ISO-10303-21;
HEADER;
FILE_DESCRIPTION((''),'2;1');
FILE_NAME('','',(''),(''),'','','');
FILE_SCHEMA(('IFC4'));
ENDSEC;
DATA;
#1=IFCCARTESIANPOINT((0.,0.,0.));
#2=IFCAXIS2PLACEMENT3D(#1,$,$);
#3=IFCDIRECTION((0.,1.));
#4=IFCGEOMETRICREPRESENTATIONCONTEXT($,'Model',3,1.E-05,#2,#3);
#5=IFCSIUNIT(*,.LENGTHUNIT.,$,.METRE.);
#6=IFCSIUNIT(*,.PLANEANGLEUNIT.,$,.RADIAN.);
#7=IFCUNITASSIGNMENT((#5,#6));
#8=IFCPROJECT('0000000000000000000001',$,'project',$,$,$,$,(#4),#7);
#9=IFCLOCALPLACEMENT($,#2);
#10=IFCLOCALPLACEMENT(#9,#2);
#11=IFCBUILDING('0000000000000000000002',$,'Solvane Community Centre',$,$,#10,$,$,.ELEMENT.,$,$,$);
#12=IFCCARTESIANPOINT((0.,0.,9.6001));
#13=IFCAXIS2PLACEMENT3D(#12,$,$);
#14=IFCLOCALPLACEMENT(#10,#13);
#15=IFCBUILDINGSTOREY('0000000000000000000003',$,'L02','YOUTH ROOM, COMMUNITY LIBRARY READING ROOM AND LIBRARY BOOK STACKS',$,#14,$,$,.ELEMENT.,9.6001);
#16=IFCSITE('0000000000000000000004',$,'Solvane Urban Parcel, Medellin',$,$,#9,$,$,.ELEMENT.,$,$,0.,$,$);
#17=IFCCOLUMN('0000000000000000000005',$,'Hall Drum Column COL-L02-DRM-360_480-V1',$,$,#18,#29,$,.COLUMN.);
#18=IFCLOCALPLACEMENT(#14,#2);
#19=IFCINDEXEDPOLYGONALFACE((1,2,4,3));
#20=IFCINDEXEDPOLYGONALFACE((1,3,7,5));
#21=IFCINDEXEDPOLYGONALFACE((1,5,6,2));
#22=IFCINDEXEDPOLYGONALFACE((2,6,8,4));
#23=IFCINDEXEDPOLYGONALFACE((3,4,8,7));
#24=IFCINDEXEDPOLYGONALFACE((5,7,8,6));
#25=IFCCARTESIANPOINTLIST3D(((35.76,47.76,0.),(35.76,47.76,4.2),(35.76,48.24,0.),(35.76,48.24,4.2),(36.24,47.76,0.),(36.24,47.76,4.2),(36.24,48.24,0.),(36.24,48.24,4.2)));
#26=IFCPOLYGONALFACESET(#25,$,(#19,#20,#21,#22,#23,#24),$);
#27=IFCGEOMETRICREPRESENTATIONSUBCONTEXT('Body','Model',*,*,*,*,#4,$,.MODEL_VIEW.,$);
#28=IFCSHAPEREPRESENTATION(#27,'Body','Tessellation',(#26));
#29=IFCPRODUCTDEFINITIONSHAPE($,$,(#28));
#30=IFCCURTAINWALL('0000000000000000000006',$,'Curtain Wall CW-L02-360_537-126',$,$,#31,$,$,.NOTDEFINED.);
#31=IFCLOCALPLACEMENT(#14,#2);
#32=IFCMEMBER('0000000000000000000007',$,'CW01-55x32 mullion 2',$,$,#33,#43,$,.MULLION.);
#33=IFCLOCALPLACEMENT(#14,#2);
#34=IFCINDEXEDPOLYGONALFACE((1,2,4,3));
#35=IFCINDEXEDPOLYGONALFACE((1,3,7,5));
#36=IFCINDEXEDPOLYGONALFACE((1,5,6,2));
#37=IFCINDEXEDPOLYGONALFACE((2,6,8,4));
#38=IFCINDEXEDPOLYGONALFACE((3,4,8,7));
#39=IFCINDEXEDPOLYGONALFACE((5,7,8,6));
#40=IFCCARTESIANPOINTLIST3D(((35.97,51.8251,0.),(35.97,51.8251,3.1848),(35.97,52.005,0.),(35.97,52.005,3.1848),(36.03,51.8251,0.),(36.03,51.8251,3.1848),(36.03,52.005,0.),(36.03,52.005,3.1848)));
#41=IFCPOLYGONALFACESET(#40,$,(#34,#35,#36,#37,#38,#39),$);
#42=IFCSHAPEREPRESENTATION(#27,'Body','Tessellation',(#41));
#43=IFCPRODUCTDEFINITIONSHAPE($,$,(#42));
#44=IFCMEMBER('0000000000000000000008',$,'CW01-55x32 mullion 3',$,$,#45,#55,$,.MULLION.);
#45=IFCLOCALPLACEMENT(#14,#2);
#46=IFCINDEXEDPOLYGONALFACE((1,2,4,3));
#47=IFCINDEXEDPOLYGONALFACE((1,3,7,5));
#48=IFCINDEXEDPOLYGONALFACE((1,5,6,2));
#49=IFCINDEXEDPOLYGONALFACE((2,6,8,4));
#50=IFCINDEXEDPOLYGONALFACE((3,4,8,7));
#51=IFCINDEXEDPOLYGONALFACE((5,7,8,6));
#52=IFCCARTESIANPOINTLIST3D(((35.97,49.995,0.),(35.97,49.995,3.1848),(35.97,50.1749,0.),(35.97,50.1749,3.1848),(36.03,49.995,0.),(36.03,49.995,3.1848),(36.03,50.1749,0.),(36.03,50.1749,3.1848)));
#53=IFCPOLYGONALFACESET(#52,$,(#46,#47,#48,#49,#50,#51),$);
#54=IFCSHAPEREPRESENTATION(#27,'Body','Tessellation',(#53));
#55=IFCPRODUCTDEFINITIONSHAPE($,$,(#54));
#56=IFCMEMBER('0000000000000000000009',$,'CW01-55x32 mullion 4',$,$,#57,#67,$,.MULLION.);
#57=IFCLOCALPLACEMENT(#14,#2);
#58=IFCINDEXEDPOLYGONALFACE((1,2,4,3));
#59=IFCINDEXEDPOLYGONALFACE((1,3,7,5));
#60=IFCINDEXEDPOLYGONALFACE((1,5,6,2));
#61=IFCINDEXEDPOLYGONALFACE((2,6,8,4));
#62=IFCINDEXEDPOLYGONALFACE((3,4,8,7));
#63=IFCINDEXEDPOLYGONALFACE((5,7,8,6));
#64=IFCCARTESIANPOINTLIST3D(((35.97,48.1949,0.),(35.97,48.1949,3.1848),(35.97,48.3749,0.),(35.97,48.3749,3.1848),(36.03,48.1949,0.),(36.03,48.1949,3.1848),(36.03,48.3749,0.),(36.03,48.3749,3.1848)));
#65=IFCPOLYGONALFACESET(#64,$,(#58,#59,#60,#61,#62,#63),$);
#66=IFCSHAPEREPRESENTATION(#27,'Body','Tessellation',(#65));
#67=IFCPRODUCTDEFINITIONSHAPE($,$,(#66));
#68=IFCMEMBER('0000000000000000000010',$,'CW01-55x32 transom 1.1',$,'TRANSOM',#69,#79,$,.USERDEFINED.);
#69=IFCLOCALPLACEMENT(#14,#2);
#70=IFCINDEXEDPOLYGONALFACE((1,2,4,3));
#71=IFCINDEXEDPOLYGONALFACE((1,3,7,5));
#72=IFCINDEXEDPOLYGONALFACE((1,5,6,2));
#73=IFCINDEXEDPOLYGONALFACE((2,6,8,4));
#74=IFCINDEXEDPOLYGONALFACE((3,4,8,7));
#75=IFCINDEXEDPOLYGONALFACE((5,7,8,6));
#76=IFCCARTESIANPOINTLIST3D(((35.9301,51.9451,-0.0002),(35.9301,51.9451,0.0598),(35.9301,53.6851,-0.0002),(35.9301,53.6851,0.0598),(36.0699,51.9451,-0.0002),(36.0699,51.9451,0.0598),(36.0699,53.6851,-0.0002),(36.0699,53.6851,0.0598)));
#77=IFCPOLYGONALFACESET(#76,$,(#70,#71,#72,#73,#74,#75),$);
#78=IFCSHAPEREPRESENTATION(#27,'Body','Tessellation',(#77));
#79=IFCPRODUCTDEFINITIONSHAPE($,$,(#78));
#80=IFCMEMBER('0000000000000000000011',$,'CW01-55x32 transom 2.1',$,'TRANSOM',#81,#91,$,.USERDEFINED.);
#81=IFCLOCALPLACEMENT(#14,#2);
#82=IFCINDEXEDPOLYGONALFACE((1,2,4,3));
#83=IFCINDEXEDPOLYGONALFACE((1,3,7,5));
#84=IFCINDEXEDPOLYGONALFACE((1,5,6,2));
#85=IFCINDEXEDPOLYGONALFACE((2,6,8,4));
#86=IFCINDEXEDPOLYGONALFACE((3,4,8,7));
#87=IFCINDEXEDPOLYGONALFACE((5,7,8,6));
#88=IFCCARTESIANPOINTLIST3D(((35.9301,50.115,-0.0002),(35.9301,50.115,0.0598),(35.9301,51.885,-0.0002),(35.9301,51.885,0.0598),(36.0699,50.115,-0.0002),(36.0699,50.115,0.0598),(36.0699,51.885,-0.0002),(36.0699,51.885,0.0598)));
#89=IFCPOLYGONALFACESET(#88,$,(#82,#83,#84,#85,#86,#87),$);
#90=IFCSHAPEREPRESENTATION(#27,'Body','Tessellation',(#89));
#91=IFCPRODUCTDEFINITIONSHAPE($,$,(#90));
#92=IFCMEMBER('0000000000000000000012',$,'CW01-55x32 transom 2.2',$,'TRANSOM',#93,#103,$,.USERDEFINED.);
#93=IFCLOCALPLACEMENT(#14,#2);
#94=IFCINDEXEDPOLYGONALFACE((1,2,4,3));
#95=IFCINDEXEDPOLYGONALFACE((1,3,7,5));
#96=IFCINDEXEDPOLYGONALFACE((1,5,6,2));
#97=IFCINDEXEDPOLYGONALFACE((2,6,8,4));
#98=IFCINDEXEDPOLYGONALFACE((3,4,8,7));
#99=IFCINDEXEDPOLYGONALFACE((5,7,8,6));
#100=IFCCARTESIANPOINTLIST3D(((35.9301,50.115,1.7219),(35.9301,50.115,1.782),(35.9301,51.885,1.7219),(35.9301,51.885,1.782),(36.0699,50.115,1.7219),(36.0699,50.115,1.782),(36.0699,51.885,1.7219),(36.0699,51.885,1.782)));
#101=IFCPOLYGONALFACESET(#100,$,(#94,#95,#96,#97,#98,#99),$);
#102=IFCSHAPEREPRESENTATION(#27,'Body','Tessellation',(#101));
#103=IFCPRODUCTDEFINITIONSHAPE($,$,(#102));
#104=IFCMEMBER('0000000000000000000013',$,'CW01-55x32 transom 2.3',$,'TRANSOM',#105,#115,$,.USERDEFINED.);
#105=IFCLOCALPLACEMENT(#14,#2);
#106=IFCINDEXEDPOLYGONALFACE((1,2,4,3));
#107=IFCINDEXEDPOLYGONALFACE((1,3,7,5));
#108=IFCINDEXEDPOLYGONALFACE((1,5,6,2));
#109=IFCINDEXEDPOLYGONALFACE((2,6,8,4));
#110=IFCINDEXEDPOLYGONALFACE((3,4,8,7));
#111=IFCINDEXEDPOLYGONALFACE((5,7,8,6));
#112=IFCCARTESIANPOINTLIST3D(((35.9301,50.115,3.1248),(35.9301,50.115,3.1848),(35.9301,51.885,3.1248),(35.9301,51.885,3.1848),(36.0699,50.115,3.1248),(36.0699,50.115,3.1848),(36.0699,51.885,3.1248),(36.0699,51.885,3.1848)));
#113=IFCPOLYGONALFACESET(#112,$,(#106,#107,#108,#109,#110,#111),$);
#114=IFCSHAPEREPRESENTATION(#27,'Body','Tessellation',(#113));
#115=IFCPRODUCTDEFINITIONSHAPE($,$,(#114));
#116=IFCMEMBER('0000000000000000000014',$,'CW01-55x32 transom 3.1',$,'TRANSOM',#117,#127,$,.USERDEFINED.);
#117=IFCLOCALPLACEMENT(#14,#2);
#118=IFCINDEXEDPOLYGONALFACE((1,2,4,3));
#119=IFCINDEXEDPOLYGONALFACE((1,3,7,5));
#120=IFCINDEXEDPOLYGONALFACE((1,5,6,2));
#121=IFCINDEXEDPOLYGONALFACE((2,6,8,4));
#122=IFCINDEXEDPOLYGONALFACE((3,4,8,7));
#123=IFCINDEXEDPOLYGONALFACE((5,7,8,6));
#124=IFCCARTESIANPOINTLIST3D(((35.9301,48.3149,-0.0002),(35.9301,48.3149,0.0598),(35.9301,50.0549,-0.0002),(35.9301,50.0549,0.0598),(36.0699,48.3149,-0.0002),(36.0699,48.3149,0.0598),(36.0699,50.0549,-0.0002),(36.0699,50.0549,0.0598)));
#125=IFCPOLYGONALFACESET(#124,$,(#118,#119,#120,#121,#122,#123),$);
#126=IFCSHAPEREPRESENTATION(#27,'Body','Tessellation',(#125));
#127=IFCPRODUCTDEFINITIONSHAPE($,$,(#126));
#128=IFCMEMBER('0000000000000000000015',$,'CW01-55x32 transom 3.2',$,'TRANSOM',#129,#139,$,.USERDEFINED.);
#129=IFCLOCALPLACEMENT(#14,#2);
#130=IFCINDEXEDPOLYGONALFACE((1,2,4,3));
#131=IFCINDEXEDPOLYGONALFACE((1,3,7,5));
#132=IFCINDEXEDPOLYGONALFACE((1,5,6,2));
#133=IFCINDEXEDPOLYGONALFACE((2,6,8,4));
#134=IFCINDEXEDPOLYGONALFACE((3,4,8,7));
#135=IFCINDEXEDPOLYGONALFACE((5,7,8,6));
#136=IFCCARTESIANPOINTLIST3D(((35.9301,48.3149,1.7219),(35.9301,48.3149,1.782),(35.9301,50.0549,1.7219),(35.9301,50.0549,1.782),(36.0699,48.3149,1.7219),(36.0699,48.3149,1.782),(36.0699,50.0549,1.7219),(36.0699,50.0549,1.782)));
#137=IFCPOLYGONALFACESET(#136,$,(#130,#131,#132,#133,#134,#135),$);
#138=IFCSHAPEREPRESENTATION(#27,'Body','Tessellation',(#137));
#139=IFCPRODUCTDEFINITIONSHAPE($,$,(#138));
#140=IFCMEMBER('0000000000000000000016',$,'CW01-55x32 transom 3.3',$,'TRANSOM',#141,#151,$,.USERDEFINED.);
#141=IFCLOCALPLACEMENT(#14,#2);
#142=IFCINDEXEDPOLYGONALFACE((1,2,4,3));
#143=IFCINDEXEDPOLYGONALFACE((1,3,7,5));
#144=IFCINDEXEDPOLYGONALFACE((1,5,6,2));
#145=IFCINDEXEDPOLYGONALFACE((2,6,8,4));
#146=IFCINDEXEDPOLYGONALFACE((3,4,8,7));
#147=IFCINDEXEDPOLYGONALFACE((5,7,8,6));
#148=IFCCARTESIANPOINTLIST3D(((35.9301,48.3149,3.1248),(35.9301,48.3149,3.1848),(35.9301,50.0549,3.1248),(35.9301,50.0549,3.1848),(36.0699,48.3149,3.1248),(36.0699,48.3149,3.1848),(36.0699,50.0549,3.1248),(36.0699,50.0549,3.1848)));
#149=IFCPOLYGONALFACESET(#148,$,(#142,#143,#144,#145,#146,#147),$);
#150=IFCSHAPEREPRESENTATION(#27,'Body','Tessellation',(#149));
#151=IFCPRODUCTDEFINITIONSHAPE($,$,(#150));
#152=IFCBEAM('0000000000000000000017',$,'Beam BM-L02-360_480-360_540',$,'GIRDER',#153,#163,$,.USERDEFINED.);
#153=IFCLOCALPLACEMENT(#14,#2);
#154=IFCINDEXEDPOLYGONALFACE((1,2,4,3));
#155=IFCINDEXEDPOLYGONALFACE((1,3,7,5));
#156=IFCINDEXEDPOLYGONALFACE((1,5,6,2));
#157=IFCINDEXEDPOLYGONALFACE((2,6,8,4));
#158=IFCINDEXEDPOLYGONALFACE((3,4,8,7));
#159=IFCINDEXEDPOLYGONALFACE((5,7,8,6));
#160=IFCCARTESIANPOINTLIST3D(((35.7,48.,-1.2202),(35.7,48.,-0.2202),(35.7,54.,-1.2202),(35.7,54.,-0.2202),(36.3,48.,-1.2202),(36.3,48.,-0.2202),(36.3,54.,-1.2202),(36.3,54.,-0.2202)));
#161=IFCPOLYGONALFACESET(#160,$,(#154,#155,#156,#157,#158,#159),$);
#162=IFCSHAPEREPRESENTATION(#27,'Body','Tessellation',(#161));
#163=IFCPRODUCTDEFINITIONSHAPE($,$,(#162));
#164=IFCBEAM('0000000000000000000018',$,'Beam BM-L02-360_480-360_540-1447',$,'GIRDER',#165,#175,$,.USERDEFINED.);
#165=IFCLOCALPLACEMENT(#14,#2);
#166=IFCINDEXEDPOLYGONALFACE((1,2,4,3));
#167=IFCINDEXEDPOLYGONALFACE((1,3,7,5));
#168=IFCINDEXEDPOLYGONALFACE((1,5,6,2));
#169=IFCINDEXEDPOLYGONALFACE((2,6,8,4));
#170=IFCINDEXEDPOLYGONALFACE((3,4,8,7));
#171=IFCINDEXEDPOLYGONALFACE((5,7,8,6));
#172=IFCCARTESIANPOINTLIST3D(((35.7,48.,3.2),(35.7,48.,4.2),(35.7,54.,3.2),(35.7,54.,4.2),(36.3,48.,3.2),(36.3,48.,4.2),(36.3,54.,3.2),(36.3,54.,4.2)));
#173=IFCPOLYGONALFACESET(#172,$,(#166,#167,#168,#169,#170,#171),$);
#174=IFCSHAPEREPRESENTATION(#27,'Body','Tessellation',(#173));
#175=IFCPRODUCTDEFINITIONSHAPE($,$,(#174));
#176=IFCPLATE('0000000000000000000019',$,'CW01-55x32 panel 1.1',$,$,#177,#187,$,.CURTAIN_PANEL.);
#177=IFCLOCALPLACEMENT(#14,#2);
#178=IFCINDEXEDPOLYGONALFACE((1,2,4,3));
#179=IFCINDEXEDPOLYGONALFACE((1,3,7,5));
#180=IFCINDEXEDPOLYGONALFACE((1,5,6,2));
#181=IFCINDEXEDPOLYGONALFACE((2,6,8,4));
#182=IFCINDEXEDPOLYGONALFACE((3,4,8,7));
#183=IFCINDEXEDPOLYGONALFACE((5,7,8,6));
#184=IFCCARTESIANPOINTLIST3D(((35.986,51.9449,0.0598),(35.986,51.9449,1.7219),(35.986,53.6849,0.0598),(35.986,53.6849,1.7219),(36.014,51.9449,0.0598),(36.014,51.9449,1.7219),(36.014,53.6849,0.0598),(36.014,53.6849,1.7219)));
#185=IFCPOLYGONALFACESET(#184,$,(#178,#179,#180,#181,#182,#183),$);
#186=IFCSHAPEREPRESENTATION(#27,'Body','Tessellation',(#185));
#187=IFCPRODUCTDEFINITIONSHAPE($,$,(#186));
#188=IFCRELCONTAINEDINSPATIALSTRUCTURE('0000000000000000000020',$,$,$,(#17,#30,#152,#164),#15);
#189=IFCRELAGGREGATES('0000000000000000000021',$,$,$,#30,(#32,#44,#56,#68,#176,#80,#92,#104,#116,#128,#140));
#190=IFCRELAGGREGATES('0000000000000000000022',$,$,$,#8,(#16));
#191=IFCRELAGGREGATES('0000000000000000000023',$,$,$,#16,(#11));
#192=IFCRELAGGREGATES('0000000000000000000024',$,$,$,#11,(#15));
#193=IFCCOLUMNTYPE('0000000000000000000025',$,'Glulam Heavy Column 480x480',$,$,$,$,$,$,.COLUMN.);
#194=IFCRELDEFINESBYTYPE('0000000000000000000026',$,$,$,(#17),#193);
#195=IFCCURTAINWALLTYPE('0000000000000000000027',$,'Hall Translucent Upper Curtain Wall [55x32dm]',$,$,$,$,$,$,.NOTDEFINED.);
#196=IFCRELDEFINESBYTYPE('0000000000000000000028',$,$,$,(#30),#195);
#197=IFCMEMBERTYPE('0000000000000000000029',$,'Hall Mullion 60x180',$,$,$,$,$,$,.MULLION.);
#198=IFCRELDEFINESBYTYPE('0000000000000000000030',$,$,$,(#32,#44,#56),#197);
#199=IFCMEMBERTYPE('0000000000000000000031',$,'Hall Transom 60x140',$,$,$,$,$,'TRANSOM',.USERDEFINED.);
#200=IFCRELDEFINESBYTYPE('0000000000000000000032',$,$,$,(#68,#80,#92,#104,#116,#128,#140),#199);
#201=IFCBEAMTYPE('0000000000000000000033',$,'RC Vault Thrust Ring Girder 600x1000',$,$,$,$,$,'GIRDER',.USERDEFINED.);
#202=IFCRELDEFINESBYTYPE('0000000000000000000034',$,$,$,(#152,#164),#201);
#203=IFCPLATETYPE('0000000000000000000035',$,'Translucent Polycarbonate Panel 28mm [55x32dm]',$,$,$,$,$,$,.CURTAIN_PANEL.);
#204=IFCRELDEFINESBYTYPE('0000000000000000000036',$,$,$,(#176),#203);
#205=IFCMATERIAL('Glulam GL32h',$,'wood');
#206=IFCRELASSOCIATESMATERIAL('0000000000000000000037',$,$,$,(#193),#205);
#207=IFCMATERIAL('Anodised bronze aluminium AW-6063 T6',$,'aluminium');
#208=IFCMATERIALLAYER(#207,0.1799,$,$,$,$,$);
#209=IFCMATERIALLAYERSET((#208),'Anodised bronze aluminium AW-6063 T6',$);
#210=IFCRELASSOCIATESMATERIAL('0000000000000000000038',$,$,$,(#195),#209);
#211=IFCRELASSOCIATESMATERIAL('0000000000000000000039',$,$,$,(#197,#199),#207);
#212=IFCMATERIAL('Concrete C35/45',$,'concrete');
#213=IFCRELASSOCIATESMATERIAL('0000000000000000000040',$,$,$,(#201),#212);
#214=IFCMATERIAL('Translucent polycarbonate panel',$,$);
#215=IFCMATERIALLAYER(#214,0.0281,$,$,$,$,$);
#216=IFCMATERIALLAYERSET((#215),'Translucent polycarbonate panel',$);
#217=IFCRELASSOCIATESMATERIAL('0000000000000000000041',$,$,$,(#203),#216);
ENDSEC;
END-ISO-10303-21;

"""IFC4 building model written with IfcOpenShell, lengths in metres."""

from ifc_helpers import new_model, si_unit, direction, frame, origin, origin_2d, place, context, subcontext, project, spatial, rectangle, extrude, material, layer, layer_set, material_profile, profile_set, type_object, element, aggregate, save


model = new_model("IFC4")

# Units and contexts
model_context = context("Model", 3, precision=1e-05, world=origin(), true_north=direction((0.0, 1.0)))
body_context = subcontext(model_context, "Body", "Model", "MODEL_VIEW")
ifc_project = project(units=[si_unit("LENGTHUNIT", "METRE"), si_unit("PLANEANGLEUNIT", "RADIAN")], contexts=[model_context])

# Site, building, storey
site_placement = place(None, origin())
site = spatial("IfcSite", under=ifc_project, at=site_placement, Name="Solvane Urban Parcel, Medellin", CompositionType="ELEMENT", RefElevation=0.0)
building_placement = place(site_placement, origin())
building = spatial("IfcBuilding", under=site, at=building_placement, Name="Solvane Community Centre", CompositionType="ELEMENT")
storey_placement = place(building_placement, frame((0.0, 0.0, 9.6001)))
storey = spatial("IfcBuildingStorey", under=building, at=storey_placement, Name="L02", Description="YOUTH ROOM, COMMUNITY LIBRARY READING ROOM AND LIBRARY BOOK STACKS", CompositionType="ELEMENT", Elevation=9.6001)

# Column
ifc_material_1 = material(Name="Glulam GL32h", Category="wood")
ifc_material_profile_1 = material_profile(ifc_material_1, rectangle(XDim=0.48, YDim=0.48, at=origin_2d()), Name="GL32h 480x480")
ifc_profile_set_1 = profile_set([ifc_material_profile_1], Name="Glulam GL32h")
column_type = type_object("IfcColumnType", Name="Glulam Heavy Column 480x480", PredefinedType="COLUMN", material=ifc_profile_set_1)
column_placement = place(storey_placement, frame((36.0, 48.0, 0.0), z_axis=(0.0, 0.0, 1.0), x_axis=(1.0, 0.0, 0.0)))
element("IfcColumn", 1, at=column_placement, inside=storey, type_object=column_type, Name="Hall Drum Column COL-L02-DRM-360_480-V1", PredefinedType="COLUMN", context=body_context, shape_type="SweptSolid", body=[
    extrude(rectangle(XDim=0.48, YDim=0.48, at=origin_2d()), origin(), (0.0, 0.0, 1.0), 4.2),
])

# Curtain wall, members
ifc_material_2 = material(Name="Anodised bronze aluminium AW-6063 T6", Category="aluminium")
ifc_layer_1 = layer(ifc_material_2, 0.1799)
ifc_layer_set_1 = layer_set([ifc_layer_1], Name="Anodised bronze aluminium AW-6063 T6")
curtain_wall_type = type_object("IfcCurtainWallType", Name="Hall Translucent Upper Curtain Wall [55x32dm]", PredefinedType="NOTDEFINED", material=ifc_layer_set_1)
curtain_wall_placement = place(storey_placement, origin())
curtain_wall = element("IfcCurtainWall", 2, at=curtain_wall_placement, inside=storey, type_object=curtain_wall_type, Name="Curtain Wall CW-L02-360_537-126", PredefinedType="NOTDEFINED")
ifc_material_profile_2 = material_profile(ifc_material_2, rectangle(XDim=0.0601, YDim=0.1799, at=origin_2d()), Name="CW-M 60x180")
ifc_profile_set_2 = profile_set([ifc_material_profile_2], Name="Anodised bronze aluminium AW-6063 T6")
member_type_1 = type_object("IfcMemberType", Name="Hall Mullion 60x180", PredefinedType="MULLION", material=ifc_profile_set_2)
member_1_placement = place(storey_placement, frame((36.0, 51.915, 0.0), z_axis=(0.0, 0.0, 1.0), x_axis=(1.0, 0.0, 0.0)))
member_1 = element("IfcMember", 3, at=member_1_placement, type_object=member_type_1, Name="CW01-55x32 mullion 2", PredefinedType="MULLION", context=body_context, shape_type="SweptSolid", body=[
    extrude(rectangle(XDim=0.0601, YDim=0.1799, at=origin_2d()), origin(), (0.0, 0.0, 1.0), 3.1848),
])
member_2_placement = place(storey_placement, frame((36.0, 50.085, 0.0), z_axis=(0.0, 0.0, 1.0), x_axis=(1.0, 0.0, 0.0)))
member_2 = element("IfcMember", 4, at=member_2_placement, type_object=member_type_1, Name="CW01-55x32 mullion 3", PredefinedType="MULLION", context=body_context, shape_type="SweptSolid", body=[
    extrude(rectangle(XDim=0.0601, YDim=0.1799, at=origin_2d()), origin(), (0.0, 0.0, 1.0), 3.1848),
])
member_3_placement = place(storey_placement, frame((36.0, 48.2849, 0.0), z_axis=(0.0, 0.0, 1.0), x_axis=(1.0, 0.0, 0.0)))
member_3 = element("IfcMember", 5, at=member_3_placement, type_object=member_type_1, Name="CW01-55x32 mullion 4", PredefinedType="MULLION", context=body_context, shape_type="SweptSolid", body=[
    extrude(rectangle(XDim=0.0601, YDim=0.1799, at=origin_2d()), origin(), (0.0, 0.0, 1.0), 3.1848),
])
ifc_material_profile_3 = material_profile(ifc_material_2, rectangle(XDim=0.1399, YDim=0.0601, at=origin_2d()), Name="CW-T 60x140")
ifc_profile_set_3 = profile_set([ifc_material_profile_3], Name="Anodised bronze aluminium AW-6063 T6")
member_type_2 = type_object("IfcMemberType", Name="Hall Transom 60x140", ElementType="TRANSOM", PredefinedType="USERDEFINED", material=ifc_profile_set_3)
member_4_placement = place(storey_placement, frame((36.0, 53.6851, 0.0298), z_axis=(0.0, -1.0, 0.0), x_axis=(1.0, 0.0, 0.0)))
member_4 = element("IfcMember", 6, at=member_4_placement, type_object=member_type_2, Name="CW01-55x32 transom 1.1", ObjectType="TRANSOM", PredefinedType="USERDEFINED", context=body_context, shape_type="SweptSolid", body=[
    extrude(rectangle(XDim=0.1399, YDim=0.0601, at=origin_2d()), origin(), (0.0, 0.0, 1.0), 1.74),
])
member_5_placement = place(storey_placement, frame((36.0, 51.885, 0.0298), z_axis=(0.0, -1.0, 0.0), x_axis=(1.0, 0.0, 0.0)))
member_5 = element("IfcMember", 7, at=member_5_placement, type_object=member_type_2, Name="CW01-55x32 transom 2.1", ObjectType="TRANSOM", PredefinedType="USERDEFINED", context=body_context, shape_type="SweptSolid", body=[
    extrude(rectangle(XDim=0.1399, YDim=0.0601, at=origin_2d()), origin(), (0.0, 0.0, 1.0), 1.77),
])
member_6_placement = place(storey_placement, frame((36.0, 51.885, 1.752), z_axis=(0.0, -1.0, 0.0), x_axis=(1.0, 0.0, 0.0)))
member_6 = element("IfcMember", 8, at=member_6_placement, type_object=member_type_2, Name="CW01-55x32 transom 2.2", ObjectType="TRANSOM", PredefinedType="USERDEFINED", context=body_context, shape_type="SweptSolid", body=[
    extrude(rectangle(XDim=0.1399, YDim=0.0601, at=origin_2d()), origin(), (0.0, 0.0, 1.0), 1.77),
])
member_7_placement = place(storey_placement, frame((36.0, 51.885, 3.1548), z_axis=(0.0, -1.0, 0.0), x_axis=(1.0, 0.0, 0.0)))
member_7 = element("IfcMember", 9, at=member_7_placement, type_object=member_type_2, Name="CW01-55x32 transom 2.3", ObjectType="TRANSOM", PredefinedType="USERDEFINED", context=body_context, shape_type="SweptSolid", body=[
    extrude(rectangle(XDim=0.1399, YDim=0.0601, at=origin_2d()), origin(), (0.0, 0.0, 1.0), 1.77),
])
member_8_placement = place(storey_placement, frame((36.0, 50.0549, 0.0298), z_axis=(0.0, -1.0, 0.0), x_axis=(1.0, 0.0, 0.0)))
member_8 = element("IfcMember", 10, at=member_8_placement, type_object=member_type_2, Name="CW01-55x32 transom 3.1", ObjectType="TRANSOM", PredefinedType="USERDEFINED", context=body_context, shape_type="SweptSolid", body=[
    extrude(rectangle(XDim=0.1399, YDim=0.0601, at=origin_2d()), origin(), (0.0, 0.0, 1.0), 1.74),
])
member_9_placement = place(storey_placement, frame((36.0, 50.0549, 1.752), z_axis=(0.0, -1.0, 0.0), x_axis=(1.0, 0.0, 0.0)))
member_9 = element("IfcMember", 11, at=member_9_placement, type_object=member_type_2, Name="CW01-55x32 transom 3.2", ObjectType="TRANSOM", PredefinedType="USERDEFINED", context=body_context, shape_type="SweptSolid", body=[
    extrude(rectangle(XDim=0.1399, YDim=0.0601, at=origin_2d()), origin(), (0.0, 0.0, 1.0), 1.74),
])
member_10_placement = place(storey_placement, frame((36.0, 50.0549, 3.1548), z_axis=(0.0, -1.0, 0.0), x_axis=(1.0, 0.0, 0.0)))
member_10 = element("IfcMember", 12, at=member_10_placement, type_object=member_type_2, Name="CW01-55x32 transom 3.3", ObjectType="TRANSOM", PredefinedType="USERDEFINED", context=body_context, shape_type="SweptSolid", body=[
    extrude(rectangle(XDim=0.1399, YDim=0.0601, at=origin_2d()), origin(), (0.0, 0.0, 1.0), 1.74),
])

# Beams
ifc_material_3 = material(Name="Concrete C35/45", Category="concrete")
ifc_material_profile_4 = material_profile(ifc_material_3, rectangle(XDim=0.6001, YDim=1.0, at=origin_2d()), Name="RC 600x1000")
ifc_profile_set_4 = profile_set([ifc_material_profile_4], Name="Concrete C35/45")
beam_type = type_object("IfcBeamType", Name="RC Vault Thrust Ring Girder 600x1000", ElementType="GIRDER", PredefinedType="USERDEFINED", material=ifc_profile_set_4)
for number, where, z_axis, x_axis, name in (
    (13, (36.0, 48.0, -0.7202), (0.0, 1.0, 0.0), (-1.0, 0.0, 0.0), "Beam BM-L02-360_480-360_540"),
    (14, (36.0, 48.0, 3.7), (0.0, 1.0, 0.0), (-1.0, 0.0, 0.0), "Beam BM-L02-360_480-360_540-1447"),
):
    element("IfcBeam", number, at=place(storey_placement, frame(where, z_axis=z_axis, x_axis=x_axis)), inside=storey, type_object=beam_type, Name=name, ObjectType="GIRDER", PredefinedType="USERDEFINED", context=body_context, shape_type="SweptSolid", body=[
        extrude(rectangle(XDim=0.6001, YDim=1.0, at=origin_2d()), origin(), (0.0, 0.0, 1.0), 6.0),
    ])

# Plate
ifc_material_4 = material(Name="Translucent polycarbonate panel")
ifc_layer_2 = layer(ifc_material_4, 0.0281)
ifc_layer_set_2 = layer_set([ifc_layer_2], Name="Translucent polycarbonate panel")
plate_type = type_object("IfcPlateType", Name="Translucent Polycarbonate Panel 28mm [55x32dm]", PredefinedType="CURTAIN_PANEL", material=ifc_layer_set_2)
plate_1_placement = place(storey_placement, frame((36.0, 52.8149, 0.0598), z_axis=(0.0, 0.0, 1.0), x_axis=(0.0, -1.0, 0.0)))
plate_1 = element("IfcPlate", 15, at=plate_1_placement, type_object=plate_type, Name="CW01-55x32 panel 1.1", PredefinedType="CURTAIN_PANEL", context=body_context, shape_type="SweptSolid", body=[
    extrude(rectangle(XDim=1.74, YDim=0.0281, at=origin_2d()), origin(), (0.0, 0.0, 1.0), 1.6621),
])
aggregate(curtain_wall, [member_1, member_2, member_3, member_4, plate_1, member_5, member_6, member_7, member_8, member_9, member_10])

save(model, "model.ifc")
